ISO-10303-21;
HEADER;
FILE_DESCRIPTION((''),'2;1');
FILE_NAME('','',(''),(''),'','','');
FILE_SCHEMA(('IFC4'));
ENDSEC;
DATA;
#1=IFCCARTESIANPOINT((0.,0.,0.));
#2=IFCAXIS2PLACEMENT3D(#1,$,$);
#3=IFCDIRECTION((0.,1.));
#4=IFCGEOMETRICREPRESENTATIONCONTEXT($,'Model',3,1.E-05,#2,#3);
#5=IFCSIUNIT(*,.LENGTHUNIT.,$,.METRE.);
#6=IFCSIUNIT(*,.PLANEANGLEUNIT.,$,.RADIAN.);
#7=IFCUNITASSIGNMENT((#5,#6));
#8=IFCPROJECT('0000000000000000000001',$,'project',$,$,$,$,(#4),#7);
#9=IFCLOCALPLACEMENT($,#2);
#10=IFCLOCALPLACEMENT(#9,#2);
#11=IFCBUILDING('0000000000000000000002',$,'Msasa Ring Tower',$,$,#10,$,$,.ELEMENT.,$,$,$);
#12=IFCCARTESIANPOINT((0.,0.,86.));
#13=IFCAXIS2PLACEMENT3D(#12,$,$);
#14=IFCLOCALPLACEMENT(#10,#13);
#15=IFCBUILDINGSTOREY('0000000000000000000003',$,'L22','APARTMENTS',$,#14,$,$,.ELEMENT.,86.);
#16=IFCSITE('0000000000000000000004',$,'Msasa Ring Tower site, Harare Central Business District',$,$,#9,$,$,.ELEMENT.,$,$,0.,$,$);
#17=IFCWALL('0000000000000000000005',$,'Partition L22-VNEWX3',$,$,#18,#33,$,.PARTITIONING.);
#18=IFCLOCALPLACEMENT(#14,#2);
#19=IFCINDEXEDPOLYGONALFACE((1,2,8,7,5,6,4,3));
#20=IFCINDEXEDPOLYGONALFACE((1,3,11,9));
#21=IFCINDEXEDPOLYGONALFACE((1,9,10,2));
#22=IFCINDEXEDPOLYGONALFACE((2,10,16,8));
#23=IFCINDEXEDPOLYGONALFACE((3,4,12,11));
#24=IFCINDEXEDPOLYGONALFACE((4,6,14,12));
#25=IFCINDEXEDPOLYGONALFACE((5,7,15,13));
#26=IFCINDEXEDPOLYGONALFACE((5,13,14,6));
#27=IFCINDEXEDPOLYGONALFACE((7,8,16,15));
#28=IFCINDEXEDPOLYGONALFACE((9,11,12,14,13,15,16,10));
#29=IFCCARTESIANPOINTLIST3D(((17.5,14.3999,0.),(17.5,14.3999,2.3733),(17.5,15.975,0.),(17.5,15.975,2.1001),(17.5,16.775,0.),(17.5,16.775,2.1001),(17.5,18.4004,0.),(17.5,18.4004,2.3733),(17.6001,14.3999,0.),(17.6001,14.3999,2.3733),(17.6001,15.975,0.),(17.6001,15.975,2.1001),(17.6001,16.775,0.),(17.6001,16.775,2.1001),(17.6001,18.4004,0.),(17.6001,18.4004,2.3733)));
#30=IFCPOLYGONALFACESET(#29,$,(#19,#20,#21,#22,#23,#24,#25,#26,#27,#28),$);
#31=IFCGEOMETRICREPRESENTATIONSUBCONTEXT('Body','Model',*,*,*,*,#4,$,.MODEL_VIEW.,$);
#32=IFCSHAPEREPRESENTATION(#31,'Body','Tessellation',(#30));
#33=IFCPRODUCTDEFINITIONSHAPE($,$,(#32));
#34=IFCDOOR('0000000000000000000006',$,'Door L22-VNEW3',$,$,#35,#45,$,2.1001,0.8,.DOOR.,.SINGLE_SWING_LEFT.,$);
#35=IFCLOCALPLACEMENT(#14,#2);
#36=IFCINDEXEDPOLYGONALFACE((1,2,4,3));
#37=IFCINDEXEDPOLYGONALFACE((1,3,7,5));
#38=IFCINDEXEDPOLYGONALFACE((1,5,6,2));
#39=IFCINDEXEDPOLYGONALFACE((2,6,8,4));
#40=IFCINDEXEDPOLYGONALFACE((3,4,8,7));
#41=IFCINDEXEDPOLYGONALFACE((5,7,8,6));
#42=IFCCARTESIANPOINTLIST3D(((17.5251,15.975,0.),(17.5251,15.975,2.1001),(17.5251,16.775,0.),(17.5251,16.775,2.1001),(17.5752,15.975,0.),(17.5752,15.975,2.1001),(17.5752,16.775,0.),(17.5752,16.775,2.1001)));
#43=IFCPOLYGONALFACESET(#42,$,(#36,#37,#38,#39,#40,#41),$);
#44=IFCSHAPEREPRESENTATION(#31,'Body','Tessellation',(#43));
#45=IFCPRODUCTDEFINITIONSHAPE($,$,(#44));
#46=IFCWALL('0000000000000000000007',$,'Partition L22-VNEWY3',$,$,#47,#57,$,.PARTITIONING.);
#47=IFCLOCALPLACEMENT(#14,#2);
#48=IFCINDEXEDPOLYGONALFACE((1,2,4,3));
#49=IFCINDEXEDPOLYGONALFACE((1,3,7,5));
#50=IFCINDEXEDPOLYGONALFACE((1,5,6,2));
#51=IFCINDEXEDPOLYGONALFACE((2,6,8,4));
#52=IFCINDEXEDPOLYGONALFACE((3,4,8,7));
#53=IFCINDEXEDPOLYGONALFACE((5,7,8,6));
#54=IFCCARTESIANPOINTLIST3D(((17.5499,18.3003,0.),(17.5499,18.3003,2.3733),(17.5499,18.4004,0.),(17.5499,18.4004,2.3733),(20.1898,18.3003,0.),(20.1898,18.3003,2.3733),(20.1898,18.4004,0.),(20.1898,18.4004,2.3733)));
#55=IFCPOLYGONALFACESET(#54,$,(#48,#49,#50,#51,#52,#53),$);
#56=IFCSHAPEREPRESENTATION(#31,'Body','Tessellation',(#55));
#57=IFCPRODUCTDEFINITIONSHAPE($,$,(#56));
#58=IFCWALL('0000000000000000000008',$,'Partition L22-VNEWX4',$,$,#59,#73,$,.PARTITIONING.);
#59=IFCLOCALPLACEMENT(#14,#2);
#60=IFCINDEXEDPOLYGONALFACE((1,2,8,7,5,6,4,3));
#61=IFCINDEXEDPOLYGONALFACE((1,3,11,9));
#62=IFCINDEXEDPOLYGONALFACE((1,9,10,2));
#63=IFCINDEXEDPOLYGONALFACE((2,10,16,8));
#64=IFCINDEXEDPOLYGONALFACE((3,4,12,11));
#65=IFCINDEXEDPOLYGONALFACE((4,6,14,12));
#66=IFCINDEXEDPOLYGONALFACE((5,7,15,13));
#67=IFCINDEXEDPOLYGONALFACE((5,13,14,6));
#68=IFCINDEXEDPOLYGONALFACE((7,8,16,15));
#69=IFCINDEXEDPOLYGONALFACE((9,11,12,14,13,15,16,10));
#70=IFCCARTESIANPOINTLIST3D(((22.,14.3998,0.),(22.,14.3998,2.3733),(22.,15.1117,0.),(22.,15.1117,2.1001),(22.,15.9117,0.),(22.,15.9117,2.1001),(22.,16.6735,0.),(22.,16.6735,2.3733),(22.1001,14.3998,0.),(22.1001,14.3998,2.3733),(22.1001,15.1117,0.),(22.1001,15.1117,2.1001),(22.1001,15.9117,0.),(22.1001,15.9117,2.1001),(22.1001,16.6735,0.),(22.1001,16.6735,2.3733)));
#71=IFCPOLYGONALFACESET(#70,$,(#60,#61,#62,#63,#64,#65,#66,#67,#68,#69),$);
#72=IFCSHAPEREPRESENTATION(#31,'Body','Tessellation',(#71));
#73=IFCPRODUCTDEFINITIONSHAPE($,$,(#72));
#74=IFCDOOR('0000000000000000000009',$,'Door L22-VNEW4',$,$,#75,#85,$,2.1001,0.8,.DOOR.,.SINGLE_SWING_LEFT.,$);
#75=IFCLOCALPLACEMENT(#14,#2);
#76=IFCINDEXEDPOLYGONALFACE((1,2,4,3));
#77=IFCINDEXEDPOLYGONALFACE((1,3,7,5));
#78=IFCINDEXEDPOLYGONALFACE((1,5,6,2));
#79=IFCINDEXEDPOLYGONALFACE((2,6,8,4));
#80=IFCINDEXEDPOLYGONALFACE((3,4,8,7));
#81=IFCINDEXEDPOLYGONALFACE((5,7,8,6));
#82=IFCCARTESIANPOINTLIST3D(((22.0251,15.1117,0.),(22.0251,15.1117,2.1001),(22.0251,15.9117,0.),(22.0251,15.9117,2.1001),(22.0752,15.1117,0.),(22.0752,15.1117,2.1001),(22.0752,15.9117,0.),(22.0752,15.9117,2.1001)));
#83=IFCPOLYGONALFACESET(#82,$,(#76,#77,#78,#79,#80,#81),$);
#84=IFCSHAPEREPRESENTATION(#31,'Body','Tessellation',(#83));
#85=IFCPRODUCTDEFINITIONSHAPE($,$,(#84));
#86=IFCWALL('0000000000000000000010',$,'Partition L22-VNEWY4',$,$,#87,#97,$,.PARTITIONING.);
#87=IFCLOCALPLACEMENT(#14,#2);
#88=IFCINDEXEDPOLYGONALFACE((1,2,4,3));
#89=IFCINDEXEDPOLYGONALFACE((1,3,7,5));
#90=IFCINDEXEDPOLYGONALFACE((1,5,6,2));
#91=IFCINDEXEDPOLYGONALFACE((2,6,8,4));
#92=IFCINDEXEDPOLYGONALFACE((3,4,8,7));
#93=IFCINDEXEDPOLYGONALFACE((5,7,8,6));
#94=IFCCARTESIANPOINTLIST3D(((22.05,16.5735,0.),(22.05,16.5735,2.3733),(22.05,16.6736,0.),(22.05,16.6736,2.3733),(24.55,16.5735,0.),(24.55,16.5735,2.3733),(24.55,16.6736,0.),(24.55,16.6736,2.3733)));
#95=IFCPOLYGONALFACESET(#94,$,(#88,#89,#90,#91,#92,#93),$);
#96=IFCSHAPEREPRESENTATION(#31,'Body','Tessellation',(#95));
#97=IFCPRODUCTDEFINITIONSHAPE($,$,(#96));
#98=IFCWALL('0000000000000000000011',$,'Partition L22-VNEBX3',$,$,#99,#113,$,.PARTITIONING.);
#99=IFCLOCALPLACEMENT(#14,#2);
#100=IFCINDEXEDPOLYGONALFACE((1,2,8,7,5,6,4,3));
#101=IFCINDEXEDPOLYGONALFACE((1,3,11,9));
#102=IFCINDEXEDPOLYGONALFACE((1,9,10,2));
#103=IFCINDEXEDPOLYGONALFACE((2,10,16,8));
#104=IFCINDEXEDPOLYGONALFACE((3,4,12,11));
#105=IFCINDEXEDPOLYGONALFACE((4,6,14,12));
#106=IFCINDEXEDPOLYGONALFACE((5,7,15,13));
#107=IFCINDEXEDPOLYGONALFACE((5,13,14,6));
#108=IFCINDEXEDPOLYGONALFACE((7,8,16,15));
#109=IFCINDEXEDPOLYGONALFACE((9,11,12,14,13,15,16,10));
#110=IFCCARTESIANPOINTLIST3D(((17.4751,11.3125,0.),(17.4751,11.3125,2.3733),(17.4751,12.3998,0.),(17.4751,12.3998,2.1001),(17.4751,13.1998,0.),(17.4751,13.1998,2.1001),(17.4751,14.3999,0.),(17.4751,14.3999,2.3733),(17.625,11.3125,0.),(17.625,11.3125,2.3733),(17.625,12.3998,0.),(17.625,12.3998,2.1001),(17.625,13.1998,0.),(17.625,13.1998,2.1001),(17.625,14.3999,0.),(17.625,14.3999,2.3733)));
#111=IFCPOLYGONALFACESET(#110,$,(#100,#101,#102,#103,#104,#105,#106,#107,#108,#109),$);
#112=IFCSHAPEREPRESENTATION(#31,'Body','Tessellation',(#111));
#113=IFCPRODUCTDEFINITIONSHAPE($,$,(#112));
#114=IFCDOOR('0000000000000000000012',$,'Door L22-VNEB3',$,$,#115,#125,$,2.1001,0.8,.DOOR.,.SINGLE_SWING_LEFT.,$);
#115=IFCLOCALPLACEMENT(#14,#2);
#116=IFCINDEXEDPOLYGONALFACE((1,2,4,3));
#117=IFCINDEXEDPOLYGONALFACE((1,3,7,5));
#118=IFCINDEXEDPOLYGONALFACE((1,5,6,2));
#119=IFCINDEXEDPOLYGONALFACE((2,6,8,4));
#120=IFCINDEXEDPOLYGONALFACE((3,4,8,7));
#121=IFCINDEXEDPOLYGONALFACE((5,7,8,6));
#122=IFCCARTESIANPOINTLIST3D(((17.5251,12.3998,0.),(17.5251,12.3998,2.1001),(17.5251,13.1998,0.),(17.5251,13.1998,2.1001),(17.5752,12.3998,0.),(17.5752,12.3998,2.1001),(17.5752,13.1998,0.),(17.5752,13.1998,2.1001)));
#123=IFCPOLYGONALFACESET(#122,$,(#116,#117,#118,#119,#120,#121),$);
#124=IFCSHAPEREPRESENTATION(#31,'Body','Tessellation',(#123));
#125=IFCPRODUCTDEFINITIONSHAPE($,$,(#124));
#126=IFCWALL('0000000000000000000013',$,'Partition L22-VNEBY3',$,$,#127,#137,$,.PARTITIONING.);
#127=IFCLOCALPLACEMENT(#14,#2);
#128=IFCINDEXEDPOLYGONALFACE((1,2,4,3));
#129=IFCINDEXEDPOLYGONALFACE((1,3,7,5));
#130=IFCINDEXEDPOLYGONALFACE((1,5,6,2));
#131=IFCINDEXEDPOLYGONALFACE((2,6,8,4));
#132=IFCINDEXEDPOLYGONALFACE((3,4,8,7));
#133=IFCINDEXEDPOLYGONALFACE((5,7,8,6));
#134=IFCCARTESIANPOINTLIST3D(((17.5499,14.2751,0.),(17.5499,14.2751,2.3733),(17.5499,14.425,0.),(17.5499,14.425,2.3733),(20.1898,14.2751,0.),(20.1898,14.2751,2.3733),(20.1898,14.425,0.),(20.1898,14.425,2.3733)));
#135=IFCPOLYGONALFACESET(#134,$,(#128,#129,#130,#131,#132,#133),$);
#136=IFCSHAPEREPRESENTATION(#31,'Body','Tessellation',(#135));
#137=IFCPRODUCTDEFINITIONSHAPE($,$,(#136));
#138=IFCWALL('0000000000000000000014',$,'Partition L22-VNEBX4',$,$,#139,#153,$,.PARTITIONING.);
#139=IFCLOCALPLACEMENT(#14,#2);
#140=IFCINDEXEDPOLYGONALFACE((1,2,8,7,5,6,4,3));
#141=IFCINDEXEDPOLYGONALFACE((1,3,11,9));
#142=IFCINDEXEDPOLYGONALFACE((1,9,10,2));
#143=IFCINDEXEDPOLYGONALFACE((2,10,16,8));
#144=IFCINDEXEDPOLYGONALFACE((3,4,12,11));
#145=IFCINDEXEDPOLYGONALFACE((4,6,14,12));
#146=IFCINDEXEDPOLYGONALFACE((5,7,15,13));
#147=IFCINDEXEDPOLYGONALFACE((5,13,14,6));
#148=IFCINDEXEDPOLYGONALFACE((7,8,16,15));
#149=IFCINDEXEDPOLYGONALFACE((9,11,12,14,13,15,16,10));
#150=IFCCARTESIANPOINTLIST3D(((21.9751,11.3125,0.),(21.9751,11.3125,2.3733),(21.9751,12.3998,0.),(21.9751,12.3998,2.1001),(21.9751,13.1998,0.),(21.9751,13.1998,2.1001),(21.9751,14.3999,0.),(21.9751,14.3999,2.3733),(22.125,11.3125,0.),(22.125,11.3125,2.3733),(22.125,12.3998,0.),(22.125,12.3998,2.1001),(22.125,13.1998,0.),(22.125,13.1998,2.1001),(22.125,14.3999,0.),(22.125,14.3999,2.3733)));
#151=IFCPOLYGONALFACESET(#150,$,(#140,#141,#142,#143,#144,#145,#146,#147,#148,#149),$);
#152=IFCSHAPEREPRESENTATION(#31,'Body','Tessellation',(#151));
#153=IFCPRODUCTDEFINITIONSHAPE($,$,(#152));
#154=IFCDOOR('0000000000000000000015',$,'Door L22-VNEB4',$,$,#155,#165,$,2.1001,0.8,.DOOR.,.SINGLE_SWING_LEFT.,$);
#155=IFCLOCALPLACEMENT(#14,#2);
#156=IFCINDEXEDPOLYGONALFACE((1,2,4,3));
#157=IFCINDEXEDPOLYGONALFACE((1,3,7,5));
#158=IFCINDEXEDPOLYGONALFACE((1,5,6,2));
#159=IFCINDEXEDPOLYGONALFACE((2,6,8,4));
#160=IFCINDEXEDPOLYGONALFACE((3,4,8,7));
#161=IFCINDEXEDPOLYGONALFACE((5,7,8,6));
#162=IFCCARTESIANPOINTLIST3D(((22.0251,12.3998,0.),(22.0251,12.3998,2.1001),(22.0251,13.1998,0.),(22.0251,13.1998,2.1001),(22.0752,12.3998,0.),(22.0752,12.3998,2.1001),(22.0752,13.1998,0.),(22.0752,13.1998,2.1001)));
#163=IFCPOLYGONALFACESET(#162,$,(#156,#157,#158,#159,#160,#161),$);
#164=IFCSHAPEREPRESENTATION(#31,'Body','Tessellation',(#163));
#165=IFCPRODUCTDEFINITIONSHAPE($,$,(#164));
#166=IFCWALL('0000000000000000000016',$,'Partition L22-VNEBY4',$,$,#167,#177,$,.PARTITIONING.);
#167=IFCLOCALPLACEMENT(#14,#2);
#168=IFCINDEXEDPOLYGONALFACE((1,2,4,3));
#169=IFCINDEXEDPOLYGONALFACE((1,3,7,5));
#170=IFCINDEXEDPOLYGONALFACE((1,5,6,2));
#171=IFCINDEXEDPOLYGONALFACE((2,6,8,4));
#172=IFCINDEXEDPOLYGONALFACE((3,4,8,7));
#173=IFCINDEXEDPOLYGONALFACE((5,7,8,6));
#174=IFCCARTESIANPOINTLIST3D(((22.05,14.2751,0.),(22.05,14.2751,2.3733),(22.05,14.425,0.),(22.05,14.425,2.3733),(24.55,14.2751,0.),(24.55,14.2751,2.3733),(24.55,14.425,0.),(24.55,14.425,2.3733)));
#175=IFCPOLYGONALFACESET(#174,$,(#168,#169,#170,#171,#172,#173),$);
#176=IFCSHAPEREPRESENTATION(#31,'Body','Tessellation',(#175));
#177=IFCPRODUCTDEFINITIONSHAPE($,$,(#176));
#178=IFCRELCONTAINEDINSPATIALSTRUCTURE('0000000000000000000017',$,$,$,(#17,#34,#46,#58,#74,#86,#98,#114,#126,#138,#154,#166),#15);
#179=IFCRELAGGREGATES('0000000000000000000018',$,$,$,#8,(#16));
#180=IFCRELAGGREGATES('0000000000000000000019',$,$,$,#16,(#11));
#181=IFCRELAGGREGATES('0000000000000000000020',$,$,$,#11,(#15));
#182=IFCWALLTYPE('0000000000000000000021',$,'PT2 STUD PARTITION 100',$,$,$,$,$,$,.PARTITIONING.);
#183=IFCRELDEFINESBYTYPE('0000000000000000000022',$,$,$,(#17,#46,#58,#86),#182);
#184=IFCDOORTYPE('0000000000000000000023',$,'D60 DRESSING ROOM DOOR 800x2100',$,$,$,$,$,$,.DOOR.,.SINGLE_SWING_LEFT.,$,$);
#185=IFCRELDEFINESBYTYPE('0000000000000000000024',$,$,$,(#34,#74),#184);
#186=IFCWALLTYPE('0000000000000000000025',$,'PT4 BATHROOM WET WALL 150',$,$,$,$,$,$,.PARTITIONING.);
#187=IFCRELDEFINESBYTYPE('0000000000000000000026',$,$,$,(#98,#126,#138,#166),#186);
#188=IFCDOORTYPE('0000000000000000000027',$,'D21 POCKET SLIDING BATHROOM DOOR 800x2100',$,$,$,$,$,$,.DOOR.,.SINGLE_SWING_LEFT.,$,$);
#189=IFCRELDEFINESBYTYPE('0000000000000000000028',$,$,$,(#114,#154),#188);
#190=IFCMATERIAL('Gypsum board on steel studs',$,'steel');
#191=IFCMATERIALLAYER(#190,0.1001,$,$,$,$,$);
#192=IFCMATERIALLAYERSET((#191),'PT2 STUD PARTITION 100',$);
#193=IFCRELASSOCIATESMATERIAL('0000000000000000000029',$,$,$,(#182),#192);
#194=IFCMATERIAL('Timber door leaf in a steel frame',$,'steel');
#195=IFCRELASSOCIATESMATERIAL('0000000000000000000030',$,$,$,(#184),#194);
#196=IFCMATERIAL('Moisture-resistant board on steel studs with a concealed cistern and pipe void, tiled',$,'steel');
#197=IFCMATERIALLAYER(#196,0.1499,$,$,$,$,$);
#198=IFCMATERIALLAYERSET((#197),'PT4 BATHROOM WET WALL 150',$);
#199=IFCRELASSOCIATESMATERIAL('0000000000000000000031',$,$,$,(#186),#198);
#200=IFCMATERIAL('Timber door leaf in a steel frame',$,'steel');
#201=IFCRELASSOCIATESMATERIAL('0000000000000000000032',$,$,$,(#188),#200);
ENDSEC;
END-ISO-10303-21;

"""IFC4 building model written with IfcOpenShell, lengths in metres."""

from ifc_helpers import new_model, si_unit, direction, frame, frame_2d, origin, place, context, subcontext, project, spatial, rectangle, extrude, material, layer, layer_set, type_object, element, fill, save


model = new_model("IFC4")

# Units and contexts
model_context = context("Model", 3, precision=1e-05, world=origin(), true_north=direction((0.0, 1.0)))
body_context = subcontext(model_context, "Body", "Model", "MODEL_VIEW")
ifc_project = project(units=[si_unit("LENGTHUNIT", "METRE"), si_unit("PLANEANGLEUNIT", "RADIAN")], contexts=[model_context])

# Site, building, storey
site_placement = place(None, origin())
site = spatial("IfcSite", under=ifc_project, at=site_placement, Name="Msasa Ring Tower site, Harare Central Business District", CompositionType="ELEMENT", RefElevation=0.0)
building_placement = place(site_placement, origin())
building = spatial("IfcBuilding", under=site, at=building_placement, Name="Msasa Ring Tower", CompositionType="ELEMENT")
storey_placement = place(building_placement, frame((0.0, 0.0, 86.0)))
storey = spatial("IfcBuildingStorey", under=building, at=storey_placement, Name="L22", Description="APARTMENTS", CompositionType="ELEMENT", Elevation=86.0)

# Wall, opening, door
ifc_material_1 = material(Name="Gypsum board on steel studs", Category="steel")
ifc_layer_1 = layer(ifc_material_1, 0.1001)
ifc_layer_set_1 = layer_set([ifc_layer_1], Name="PT2 STUD PARTITION 100")
wall_type_1 = type_object("IfcWallType", Name="PT2 STUD PARTITION 100", PredefinedType="PARTITIONING", material=ifc_layer_set_1)
wall_1_placement = place(storey_placement, frame((17.55, 14.3999, 0.0), z_axis=(0.0, 0.0, 1.0), x_axis=(0.0, 1.0, 0.0)))
wall_1 = element("IfcWall", 1, at=wall_1_placement, inside=storey, type_object=wall_type_1, Name="Partition L22-VNEWX3", PredefinedType="PARTITIONING", context=body_context, shape_type="SweptSolid", body=[
    extrude(rectangle(XDim=4.0005, YDim=0.1001, at=frame_2d((2.0002, 0.0))), origin(), (0.0, 0.0, 1.0), 2.3733),
])
opening_1_placement = place(wall_1_placement, frame((1.5752, 0.0, 0.0)))
opening_1 = element("IfcOpeningElement", 2, at=opening_1_placement, cuts=wall_1, PredefinedType="OPENING", context=body_context, shape_type="SweptSolid", body=[
    extrude(rectangle(XDim=0.8, YDim=2.1001, at=frame_2d((0.3999, 1.05))), frame((0.0, 0.0601, 0.0), z_axis=(0.0, -1.0, 0.0), x_axis=(1.0, 0.0, 0.0)), (0.0, 0.0, 1.0), 0.1201),
])
ifc_material_2 = material(Name="Timber door leaf in a steel frame", Category="steel")
door_type_1 = type_object("IfcDoorType", Name="D60 DRESSING ROOM DOOR 800x2100", OperationType="SINGLE_SWING_LEFT", PredefinedType="DOOR", material=ifc_material_2)
door_1_placement = place(opening_1_placement, origin())
door_1 = element("IfcDoor", 3, at=door_1_placement, inside=storey, type_object=door_type_1, Name="Door L22-VNEW3", OperationType="SINGLE_SWING_LEFT", OverallHeight=2.1001, OverallWidth=0.8, PredefinedType="DOOR", context=body_context, shape_type="SweptSolid", body=[
    extrude(rectangle(XDim=0.8, YDim=2.1001, at=frame_2d((0.3999, 1.05))), frame((0.0, 0.0249, 0.0), z_axis=(0.0, -1.0, 0.0), x_axis=(1.0, 0.0, 0.0)), (0.0, 0.0, 1.0), 0.05),
])
fill(opening_1, door_1)

# Wall
wall_2_placement = place(storey_placement, frame((17.55, 18.3503, 0.0), z_axis=(0.0, 0.0, 1.0), x_axis=(1.0, 0.0, 0.0)))
element("IfcWall", 4, at=wall_2_placement, inside=storey, type_object=wall_type_1, Name="Partition L22-VNEWY3", PredefinedType="PARTITIONING", context=body_context, shape_type="SweptSolid", body=[
    extrude(rectangle(XDim=2.6399, YDim=0.1001, at=frame_2d((1.3198, 0.0))), origin(), (0.0, 0.0, 1.0), 2.3733),
])

# Wall, opening, door
wall_3_placement = place(storey_placement, frame((22.05, 14.3999, 0.0), z_axis=(0.0, 0.0, 1.0), x_axis=(0.0, 1.0, 0.0)))
wall_3 = element("IfcWall", 5, at=wall_3_placement, inside=storey, type_object=wall_type_1, Name="Partition L22-VNEWX4", PredefinedType="PARTITIONING", context=body_context, shape_type="SweptSolid", body=[
    extrude(rectangle(XDim=2.2737, YDim=0.1001, at=frame_2d((1.1367, 0.0))), origin(), (0.0, 0.0, 1.0), 2.3733),
])
opening_2_placement = place(wall_3_placement, frame((0.7119, 0.0, 0.0)))
opening_2 = element("IfcOpeningElement", 6, at=opening_2_placement, cuts=wall_3, PredefinedType="OPENING", context=body_context, shape_type="SweptSolid", body=[
    extrude(rectangle(XDim=0.8, YDim=2.1001, at=frame_2d((0.3999, 1.05))), frame((0.0, 0.0601, 0.0), z_axis=(0.0, -1.0, 0.0), x_axis=(1.0, 0.0, 0.0)), (0.0, 0.0, 1.0), 0.1201),
])
door_2_placement = place(opening_2_placement, origin())
door_2 = element("IfcDoor", 7, at=door_2_placement, inside=storey, type_object=door_type_1, Name="Door L22-VNEW4", OperationType="SINGLE_SWING_LEFT", OverallHeight=2.1001, OverallWidth=0.8, PredefinedType="DOOR", context=body_context, shape_type="SweptSolid", body=[
    extrude(rectangle(XDim=0.8, YDim=2.1001, at=frame_2d((0.3999, 1.05))), frame((0.0, 0.0249, 0.0), z_axis=(0.0, -1.0, 0.0), x_axis=(1.0, 0.0, 0.0)), (0.0, 0.0, 1.0), 0.05),
])
fill(opening_2, door_2)

# Wall
wall_4_placement = place(storey_placement, frame((22.05, 16.6235, 0.0), z_axis=(0.0, 0.0, 1.0), x_axis=(1.0, 0.0, 0.0)))
element("IfcWall", 8, at=wall_4_placement, inside=storey, type_object=wall_type_1, Name="Partition L22-VNEWY4", PredefinedType="PARTITIONING", context=body_context, shape_type="SweptSolid", body=[
    extrude(rectangle(XDim=2.5, YDim=0.1001, at=frame_2d((1.25, 0.0))), origin(), (0.0, 0.0, 1.0), 2.3733),
])

# Wall, opening, door
ifc_material_3 = material(Name="Moisture-resistant board on steel studs with a concealed cistern and pipe void, tiled", Category="steel")
ifc_layer_2 = layer(ifc_material_3, 0.1499)
ifc_layer_set_2 = layer_set([ifc_layer_2], Name="PT4 BATHROOM WET WALL 150")
wall_type_2 = type_object("IfcWallType", Name="PT4 BATHROOM WET WALL 150", PredefinedType="PARTITIONING", material=ifc_layer_set_2)
wall_5_placement = place(storey_placement, frame((17.55, 11.3125, 0.0), z_axis=(0.0, 0.0, 1.0), x_axis=(0.0, 1.0, 0.0)))
wall_5 = element("IfcWall", 9, at=wall_5_placement, inside=storey, type_object=wall_type_2, Name="Partition L22-VNEBX3", PredefinedType="PARTITIONING", context=body_context, shape_type="SweptSolid", body=[
    extrude(rectangle(XDim=3.0874, YDim=0.1499, at=frame_2d((1.5437, 0.0))), origin(), (0.0, 0.0, 1.0), 2.3733),
])
opening_3_placement = place(wall_5_placement, frame((1.0874, 0.0, 0.0)))
opening_3 = element("IfcOpeningElement", 10, at=opening_3_placement, cuts=wall_5, PredefinedType="OPENING", context=body_context, shape_type="SweptSolid", body=[
    extrude(rectangle(XDim=0.8, YDim=2.1001, at=frame_2d((0.3999, 1.05))), frame((0.0, 0.085, 0.0), z_axis=(0.0, -1.0, 0.0), x_axis=(1.0, 0.0, 0.0)), (0.0, 0.0, 1.0), 0.1699),
])
ifc_material_4 = material(Name="Timber door leaf in a steel frame", Category="steel")
door_type_2 = type_object("IfcDoorType", Name="D21 POCKET SLIDING BATHROOM DOOR 800x2100", OperationType="SINGLE_SWING_LEFT", PredefinedType="DOOR", material=ifc_material_4)
door_3_placement = place(opening_3_placement, origin())
door_3 = element("IfcDoor", 11, at=door_3_placement, inside=storey, type_object=door_type_2, Name="Door L22-VNEB3", OperationType="SINGLE_SWING_LEFT", OverallHeight=2.1001, OverallWidth=0.8, PredefinedType="DOOR", context=body_context, shape_type="SweptSolid", body=[
    extrude(rectangle(XDim=0.8, YDim=2.1001, at=frame_2d((0.3999, 1.05))), frame((0.0, 0.0249, 0.0), z_axis=(0.0, -1.0, 0.0), x_axis=(1.0, 0.0, 0.0)), (0.0, 0.0, 1.0), 0.05),
])
fill(opening_3, door_3)

# Wall
wall_6_placement = place(storey_placement, frame((17.55, 14.3501, 0.0), z_axis=(0.0, 0.0, 1.0), x_axis=(1.0, 0.0, 0.0)))
element("IfcWall", 12, at=wall_6_placement, inside=storey, type_object=wall_type_2, Name="Partition L22-VNEBY3", PredefinedType="PARTITIONING", context=body_context, shape_type="SweptSolid", body=[
    extrude(rectangle(XDim=2.6399, YDim=0.1499, at=frame_2d((1.3198, 0.0))), origin(), (0.0, 0.0, 1.0), 2.3733),
])

# Wall, opening, door
wall_7_placement = place(storey_placement, frame((22.05, 11.3125, 0.0), z_axis=(0.0, 0.0, 1.0), x_axis=(0.0, 1.0, 0.0)))
wall_7 = element("IfcWall", 13, at=wall_7_placement, inside=storey, type_object=wall_type_2, Name="Partition L22-VNEBX4", PredefinedType="PARTITIONING", context=body_context, shape_type="SweptSolid", body=[
    extrude(rectangle(XDim=3.0874, YDim=0.1499, at=frame_2d((1.5437, 0.0))), origin(), (0.0, 0.0, 1.0), 2.3733),
])
opening_4_placement = place(wall_7_placement, frame((1.0874, 0.0, 0.0)))
opening_4 = element("IfcOpeningElement", 14, at=opening_4_placement, cuts=wall_7, PredefinedType="OPENING", context=body_context, shape_type="SweptSolid", body=[
    extrude(rectangle(XDim=0.8, YDim=2.1001, at=frame_2d((0.3999, 1.05))), frame((0.0, 0.085, 0.0), z_axis=(0.0, -1.0, 0.0), x_axis=(1.0, 0.0, 0.0)), (0.0, 0.0, 1.0), 0.1699),
])
door_4_placement = place(opening_4_placement, origin())
door_4 = element("IfcDoor", 15, at=door_4_placement, inside=storey, type_object=door_type_2, Name="Door L22-VNEB4", OperationType="SINGLE_SWING_LEFT", OverallHeight=2.1001, OverallWidth=0.8, PredefinedType="DOOR", context=body_context, shape_type="SweptSolid", body=[
    extrude(rectangle(XDim=0.8, YDim=2.1001, at=frame_2d((0.3999, 1.05))), frame((0.0, 0.0249, 0.0), z_axis=(0.0, -1.0, 0.0), x_axis=(1.0, 0.0, 0.0)), (0.0, 0.0, 1.0), 0.05),
])
fill(opening_4, door_4)

# Wall
wall_8_placement = place(storey_placement, frame((22.05, 14.3501, 0.0), z_axis=(0.0, 0.0, 1.0), x_axis=(1.0, 0.0, 0.0)))
element("IfcWall", 16, at=wall_8_placement, inside=storey, type_object=wall_type_2, Name="Partition L22-VNEBY4", PredefinedType="PARTITIONING", context=body_context, shape_type="SweptSolid", body=[
    extrude(rectangle(XDim=2.5, YDim=0.1499, at=frame_2d((1.25, 0.0))), origin(), (0.0, 0.0, 1.0), 2.3733),
])

save(model, "model.ifc")
